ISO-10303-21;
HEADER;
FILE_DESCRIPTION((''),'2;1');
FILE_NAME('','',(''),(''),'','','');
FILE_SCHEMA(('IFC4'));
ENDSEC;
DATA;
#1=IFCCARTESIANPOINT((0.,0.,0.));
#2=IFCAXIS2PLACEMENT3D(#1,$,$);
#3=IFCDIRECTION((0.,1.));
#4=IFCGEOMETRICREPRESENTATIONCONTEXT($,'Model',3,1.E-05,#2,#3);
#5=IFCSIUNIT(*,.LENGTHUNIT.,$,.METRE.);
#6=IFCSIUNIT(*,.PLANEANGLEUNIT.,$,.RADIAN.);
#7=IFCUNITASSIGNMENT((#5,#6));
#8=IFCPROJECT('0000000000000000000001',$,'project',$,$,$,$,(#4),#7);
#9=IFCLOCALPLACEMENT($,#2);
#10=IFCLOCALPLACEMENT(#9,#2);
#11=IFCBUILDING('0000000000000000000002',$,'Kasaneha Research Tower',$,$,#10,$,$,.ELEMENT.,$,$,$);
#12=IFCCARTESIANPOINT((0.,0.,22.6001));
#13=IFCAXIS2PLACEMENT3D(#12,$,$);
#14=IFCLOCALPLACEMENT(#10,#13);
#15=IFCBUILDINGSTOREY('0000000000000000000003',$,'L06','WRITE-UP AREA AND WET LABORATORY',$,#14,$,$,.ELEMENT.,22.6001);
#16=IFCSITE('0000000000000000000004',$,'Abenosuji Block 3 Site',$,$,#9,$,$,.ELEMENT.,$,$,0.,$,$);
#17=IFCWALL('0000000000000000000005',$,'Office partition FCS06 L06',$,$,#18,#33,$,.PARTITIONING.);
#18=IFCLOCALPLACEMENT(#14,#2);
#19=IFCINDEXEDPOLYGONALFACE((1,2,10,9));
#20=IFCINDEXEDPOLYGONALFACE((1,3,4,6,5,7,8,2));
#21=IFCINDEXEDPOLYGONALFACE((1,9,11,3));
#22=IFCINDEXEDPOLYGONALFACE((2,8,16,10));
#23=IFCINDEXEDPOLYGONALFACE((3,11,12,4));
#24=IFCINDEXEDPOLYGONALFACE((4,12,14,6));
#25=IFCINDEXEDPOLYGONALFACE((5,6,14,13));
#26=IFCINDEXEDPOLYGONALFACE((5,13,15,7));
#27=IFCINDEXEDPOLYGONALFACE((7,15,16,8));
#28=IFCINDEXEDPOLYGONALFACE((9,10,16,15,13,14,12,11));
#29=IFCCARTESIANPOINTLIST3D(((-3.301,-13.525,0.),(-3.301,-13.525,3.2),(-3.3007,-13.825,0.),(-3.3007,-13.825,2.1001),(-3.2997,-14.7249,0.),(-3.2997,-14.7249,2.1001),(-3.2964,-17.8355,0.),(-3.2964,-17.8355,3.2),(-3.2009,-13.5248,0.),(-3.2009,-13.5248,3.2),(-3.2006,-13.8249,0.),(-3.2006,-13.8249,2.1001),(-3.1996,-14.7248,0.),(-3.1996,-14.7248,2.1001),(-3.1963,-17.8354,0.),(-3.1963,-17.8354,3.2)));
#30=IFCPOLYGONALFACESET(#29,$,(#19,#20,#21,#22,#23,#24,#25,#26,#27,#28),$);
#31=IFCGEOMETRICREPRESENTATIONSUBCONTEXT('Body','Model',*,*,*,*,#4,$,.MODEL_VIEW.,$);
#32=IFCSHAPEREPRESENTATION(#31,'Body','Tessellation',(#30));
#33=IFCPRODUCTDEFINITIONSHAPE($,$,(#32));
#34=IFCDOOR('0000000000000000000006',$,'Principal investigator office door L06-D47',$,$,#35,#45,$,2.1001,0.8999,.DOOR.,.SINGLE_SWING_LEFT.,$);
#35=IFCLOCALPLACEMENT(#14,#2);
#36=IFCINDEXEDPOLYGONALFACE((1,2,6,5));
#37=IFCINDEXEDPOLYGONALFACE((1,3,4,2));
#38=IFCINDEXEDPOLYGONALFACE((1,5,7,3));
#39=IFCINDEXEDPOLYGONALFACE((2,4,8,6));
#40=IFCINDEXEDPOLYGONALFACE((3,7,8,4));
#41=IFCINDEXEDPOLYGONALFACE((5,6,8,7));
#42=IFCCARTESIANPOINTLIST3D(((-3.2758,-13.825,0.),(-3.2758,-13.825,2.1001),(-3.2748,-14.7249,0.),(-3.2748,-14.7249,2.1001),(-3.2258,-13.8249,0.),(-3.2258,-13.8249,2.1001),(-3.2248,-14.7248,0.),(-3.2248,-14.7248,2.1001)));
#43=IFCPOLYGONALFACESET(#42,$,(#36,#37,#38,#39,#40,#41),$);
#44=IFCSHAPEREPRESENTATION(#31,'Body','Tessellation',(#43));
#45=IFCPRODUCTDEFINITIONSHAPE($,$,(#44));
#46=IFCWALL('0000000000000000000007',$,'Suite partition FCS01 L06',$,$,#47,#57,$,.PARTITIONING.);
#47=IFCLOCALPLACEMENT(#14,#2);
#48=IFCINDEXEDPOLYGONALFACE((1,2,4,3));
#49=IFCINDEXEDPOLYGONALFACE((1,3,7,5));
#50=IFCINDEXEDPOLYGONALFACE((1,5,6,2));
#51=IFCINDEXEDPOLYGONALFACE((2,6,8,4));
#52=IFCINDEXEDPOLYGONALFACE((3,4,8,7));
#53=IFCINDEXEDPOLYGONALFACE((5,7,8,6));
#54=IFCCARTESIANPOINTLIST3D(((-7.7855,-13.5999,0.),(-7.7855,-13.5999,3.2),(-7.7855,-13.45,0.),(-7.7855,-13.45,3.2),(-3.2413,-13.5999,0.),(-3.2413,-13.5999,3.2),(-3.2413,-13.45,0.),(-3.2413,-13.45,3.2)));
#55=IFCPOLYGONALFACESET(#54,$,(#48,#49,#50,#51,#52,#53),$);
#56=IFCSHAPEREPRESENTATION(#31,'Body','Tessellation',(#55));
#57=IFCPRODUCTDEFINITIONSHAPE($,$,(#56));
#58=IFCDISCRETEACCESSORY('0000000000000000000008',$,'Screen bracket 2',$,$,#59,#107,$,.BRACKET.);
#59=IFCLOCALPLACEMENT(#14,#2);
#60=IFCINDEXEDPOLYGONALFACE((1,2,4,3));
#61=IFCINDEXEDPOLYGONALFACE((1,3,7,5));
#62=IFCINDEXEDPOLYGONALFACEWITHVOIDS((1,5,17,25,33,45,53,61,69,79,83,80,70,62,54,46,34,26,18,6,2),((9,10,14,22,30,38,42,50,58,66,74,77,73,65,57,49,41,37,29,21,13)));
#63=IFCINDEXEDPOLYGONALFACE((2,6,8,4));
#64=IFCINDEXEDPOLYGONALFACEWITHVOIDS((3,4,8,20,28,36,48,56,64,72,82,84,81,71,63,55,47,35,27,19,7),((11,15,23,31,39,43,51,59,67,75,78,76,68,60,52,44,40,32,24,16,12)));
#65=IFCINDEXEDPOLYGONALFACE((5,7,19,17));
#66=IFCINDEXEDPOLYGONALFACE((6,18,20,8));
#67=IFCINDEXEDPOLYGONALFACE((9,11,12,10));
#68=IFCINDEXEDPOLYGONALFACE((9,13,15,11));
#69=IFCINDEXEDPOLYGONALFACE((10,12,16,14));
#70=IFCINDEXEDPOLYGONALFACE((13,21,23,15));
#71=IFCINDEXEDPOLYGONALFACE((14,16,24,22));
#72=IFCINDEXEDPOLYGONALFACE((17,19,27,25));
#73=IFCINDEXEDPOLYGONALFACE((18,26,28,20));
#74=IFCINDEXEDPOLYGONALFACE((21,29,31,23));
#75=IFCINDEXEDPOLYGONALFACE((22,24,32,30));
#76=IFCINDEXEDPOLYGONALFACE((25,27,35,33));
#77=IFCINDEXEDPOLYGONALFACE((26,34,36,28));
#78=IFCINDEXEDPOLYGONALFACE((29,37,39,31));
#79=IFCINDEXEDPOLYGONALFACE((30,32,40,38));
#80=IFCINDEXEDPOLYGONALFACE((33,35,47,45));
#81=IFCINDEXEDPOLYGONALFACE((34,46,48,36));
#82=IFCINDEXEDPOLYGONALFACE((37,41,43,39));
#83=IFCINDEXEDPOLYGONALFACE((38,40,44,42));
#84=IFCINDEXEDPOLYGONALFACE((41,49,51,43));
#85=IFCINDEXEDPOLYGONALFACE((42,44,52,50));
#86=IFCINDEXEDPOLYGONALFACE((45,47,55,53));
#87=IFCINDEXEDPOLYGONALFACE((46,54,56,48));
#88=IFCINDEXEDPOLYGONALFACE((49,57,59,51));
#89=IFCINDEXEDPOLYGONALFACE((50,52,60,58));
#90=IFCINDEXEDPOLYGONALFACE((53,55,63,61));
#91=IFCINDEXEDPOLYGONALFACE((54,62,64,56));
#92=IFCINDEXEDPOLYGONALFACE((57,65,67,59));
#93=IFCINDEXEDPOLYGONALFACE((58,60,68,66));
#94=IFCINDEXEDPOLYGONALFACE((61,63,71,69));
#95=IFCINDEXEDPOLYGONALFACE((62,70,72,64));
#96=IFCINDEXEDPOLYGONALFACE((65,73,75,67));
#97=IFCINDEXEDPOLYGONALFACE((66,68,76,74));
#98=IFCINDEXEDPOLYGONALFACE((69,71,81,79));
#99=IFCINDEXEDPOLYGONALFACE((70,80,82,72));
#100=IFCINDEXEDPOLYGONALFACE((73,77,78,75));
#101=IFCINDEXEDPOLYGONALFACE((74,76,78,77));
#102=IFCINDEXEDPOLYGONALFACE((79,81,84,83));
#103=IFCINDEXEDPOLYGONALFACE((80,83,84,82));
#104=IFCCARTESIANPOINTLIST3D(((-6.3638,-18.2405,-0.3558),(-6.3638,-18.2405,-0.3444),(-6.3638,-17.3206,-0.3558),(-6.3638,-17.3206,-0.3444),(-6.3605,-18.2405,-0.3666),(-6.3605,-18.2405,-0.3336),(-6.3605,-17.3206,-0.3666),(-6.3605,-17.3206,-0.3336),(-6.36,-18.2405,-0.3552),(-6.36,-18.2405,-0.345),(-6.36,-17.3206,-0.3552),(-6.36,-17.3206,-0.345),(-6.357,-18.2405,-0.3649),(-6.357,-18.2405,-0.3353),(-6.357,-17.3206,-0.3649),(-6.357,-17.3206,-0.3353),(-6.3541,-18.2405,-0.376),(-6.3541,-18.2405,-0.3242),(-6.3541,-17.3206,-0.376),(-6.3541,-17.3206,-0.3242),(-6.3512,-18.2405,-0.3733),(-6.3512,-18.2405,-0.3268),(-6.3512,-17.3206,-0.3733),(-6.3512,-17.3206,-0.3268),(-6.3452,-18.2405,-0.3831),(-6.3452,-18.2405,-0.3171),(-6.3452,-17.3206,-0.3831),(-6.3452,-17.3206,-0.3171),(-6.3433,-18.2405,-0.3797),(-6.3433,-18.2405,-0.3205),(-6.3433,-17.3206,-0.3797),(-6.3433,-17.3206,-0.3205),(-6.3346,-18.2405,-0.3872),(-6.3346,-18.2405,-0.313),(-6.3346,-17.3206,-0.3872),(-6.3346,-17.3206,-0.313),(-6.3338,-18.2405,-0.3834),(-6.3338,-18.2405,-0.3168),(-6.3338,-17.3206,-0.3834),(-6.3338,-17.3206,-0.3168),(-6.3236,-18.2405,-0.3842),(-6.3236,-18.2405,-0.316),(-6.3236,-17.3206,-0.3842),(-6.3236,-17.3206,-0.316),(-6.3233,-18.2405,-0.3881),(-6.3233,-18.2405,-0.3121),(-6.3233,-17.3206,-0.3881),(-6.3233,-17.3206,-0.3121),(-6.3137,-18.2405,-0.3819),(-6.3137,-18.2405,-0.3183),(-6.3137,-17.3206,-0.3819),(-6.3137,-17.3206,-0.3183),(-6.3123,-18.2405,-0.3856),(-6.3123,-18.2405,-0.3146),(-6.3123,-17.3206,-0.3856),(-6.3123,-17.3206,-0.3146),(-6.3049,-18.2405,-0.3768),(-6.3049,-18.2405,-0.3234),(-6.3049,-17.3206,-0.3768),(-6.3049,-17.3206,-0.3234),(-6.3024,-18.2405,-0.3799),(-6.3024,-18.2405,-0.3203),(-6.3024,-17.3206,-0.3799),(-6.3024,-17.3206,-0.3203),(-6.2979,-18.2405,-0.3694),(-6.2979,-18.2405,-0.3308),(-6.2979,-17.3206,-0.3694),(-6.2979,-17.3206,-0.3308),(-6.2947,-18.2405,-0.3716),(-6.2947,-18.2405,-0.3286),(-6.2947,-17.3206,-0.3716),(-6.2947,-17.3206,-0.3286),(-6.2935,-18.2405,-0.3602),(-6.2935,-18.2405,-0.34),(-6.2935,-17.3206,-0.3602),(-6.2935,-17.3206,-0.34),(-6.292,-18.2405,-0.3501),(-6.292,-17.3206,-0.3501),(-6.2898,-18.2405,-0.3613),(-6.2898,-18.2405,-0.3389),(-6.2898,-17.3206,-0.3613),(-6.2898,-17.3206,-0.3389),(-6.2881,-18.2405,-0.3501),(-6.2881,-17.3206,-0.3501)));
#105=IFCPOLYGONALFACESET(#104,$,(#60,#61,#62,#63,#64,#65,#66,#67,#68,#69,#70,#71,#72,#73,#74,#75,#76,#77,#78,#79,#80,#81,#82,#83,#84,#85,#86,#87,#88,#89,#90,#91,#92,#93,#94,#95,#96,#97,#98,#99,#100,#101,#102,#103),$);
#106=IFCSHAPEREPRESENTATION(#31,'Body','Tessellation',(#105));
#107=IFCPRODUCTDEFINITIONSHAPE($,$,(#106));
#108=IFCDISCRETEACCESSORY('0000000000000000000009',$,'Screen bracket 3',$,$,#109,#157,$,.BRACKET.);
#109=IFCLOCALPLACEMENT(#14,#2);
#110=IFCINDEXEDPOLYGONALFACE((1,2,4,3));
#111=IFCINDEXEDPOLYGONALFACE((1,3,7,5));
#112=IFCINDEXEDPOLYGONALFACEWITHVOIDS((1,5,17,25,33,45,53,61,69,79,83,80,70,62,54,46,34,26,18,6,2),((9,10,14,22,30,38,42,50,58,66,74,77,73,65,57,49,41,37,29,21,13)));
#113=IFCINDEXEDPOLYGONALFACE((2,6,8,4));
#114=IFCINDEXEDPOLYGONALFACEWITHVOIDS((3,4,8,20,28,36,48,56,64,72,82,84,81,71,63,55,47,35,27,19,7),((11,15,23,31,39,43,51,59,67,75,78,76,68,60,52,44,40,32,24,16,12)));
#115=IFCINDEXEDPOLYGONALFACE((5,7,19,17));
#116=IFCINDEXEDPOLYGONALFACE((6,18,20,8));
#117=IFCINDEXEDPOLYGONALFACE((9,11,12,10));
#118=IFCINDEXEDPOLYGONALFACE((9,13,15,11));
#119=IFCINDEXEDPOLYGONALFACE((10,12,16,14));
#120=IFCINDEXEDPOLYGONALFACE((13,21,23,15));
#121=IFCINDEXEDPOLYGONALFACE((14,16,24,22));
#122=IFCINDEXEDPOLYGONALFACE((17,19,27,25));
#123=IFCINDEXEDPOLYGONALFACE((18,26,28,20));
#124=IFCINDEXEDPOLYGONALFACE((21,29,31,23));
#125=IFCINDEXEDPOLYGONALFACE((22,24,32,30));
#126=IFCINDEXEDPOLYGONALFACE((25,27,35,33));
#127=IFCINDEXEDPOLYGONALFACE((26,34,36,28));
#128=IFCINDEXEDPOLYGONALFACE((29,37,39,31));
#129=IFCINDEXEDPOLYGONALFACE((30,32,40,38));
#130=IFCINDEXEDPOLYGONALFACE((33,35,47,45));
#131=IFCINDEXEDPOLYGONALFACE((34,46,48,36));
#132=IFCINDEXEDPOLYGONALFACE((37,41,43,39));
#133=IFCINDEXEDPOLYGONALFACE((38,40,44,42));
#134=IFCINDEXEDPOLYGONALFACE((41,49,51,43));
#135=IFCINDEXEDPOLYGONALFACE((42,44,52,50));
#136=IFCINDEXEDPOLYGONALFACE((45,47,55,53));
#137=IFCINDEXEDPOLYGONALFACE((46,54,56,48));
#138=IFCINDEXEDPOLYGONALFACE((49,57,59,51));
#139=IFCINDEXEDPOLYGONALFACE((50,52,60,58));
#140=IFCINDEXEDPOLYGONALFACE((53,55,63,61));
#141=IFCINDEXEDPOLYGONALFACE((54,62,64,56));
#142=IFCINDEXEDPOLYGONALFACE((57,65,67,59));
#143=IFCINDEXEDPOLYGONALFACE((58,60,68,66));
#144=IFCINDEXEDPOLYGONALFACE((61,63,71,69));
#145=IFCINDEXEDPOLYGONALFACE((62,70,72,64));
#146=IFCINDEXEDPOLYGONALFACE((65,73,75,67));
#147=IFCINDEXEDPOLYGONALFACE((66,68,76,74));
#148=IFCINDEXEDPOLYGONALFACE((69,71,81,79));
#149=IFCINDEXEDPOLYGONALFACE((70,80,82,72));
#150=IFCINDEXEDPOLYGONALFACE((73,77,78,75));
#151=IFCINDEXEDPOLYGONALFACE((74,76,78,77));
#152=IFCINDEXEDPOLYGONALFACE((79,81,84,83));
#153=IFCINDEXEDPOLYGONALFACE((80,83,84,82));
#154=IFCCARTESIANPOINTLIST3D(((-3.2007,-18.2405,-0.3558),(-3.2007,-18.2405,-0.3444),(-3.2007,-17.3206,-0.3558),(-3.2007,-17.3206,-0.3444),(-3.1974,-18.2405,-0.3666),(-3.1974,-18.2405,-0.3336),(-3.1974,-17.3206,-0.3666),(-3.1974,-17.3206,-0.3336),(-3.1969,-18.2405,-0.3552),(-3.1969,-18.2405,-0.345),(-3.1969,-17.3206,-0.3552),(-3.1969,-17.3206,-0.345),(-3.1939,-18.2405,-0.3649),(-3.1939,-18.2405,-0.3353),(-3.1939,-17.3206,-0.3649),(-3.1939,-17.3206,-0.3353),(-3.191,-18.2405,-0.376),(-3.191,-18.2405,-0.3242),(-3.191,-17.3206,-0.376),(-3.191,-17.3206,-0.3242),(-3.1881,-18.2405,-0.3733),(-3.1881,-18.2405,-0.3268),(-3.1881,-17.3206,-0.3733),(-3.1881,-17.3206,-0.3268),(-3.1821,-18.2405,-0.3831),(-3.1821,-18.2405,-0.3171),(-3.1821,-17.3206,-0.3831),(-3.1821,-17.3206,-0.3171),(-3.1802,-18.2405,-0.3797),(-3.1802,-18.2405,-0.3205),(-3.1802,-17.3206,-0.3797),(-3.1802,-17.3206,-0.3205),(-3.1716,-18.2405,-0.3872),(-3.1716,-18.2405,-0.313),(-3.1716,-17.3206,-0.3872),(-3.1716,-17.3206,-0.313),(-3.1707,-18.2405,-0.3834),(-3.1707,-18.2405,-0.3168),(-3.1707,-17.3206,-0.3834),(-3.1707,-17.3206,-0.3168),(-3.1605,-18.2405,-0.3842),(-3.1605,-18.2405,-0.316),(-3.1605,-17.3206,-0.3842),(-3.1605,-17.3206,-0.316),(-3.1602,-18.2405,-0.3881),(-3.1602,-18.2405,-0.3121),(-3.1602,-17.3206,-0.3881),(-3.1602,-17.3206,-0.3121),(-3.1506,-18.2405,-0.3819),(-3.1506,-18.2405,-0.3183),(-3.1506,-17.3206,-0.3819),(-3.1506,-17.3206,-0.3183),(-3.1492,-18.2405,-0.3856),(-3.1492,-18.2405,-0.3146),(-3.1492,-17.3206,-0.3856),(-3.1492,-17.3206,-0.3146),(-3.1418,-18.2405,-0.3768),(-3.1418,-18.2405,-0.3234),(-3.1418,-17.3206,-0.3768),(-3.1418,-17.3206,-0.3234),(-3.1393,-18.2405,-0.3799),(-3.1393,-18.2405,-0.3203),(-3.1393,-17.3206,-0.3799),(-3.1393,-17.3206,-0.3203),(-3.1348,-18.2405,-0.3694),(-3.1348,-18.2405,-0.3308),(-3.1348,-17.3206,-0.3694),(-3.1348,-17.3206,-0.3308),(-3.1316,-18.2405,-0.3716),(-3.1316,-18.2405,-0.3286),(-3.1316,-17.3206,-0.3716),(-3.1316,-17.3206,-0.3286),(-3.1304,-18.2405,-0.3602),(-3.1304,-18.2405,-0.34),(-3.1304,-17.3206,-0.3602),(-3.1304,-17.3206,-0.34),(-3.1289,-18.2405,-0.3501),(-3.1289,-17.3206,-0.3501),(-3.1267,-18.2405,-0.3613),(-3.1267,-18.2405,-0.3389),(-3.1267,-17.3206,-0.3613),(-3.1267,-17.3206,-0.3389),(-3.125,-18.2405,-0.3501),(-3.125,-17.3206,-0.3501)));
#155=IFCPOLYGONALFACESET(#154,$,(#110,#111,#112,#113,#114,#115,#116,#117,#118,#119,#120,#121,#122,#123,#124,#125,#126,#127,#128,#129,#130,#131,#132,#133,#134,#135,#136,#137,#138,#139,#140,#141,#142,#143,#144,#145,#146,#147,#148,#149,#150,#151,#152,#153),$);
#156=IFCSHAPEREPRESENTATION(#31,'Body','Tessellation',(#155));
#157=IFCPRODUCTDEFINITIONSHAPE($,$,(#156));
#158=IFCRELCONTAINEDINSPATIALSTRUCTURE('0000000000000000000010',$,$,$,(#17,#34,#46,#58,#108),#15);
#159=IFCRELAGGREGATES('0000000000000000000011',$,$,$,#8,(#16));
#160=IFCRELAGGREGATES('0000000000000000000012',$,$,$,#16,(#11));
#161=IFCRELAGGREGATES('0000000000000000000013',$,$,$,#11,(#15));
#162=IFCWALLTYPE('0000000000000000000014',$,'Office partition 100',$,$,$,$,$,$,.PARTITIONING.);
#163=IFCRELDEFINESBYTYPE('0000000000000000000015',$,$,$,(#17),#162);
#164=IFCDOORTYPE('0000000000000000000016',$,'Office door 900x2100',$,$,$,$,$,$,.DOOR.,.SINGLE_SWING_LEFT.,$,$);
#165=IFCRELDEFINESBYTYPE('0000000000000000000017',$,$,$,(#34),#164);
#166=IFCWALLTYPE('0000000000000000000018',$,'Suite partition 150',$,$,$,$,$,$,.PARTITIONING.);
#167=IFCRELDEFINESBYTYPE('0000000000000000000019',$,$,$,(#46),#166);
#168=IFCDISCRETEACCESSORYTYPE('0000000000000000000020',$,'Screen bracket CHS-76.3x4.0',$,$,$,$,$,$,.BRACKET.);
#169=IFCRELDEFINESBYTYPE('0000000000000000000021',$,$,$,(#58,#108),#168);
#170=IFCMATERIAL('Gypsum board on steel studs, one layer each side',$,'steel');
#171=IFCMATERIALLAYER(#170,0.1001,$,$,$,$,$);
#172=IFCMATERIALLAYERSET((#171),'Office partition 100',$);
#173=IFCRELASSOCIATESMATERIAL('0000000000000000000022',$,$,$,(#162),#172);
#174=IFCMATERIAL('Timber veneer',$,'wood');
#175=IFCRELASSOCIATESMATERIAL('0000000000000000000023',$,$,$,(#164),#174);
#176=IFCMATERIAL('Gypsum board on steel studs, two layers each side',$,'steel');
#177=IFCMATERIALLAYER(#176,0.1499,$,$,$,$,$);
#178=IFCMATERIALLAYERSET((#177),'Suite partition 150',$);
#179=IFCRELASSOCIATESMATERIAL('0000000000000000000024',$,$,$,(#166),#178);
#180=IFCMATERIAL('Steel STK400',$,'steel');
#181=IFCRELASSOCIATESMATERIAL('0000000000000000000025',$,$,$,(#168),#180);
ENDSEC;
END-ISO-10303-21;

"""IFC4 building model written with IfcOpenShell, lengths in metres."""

from ifc_helpers import new_model, si_unit, direction, frame, frame_2d, origin, origin_2d, place, context, subcontext, project, spatial, rectangle, hollow_circle, extrude, material, layer, layer_set, material_profile, profile_set, type_object, element, fill, save


model = new_model("IFC4")

# Units and contexts
model_context = context("Model", 3, precision=1e-05, world=origin(), true_north=direction((0.0, 1.0)))
body_context = subcontext(model_context, "Body", "Model", "MODEL_VIEW")
ifc_project = project(units=[si_unit("LENGTHUNIT", "METRE"), si_unit("PLANEANGLEUNIT", "RADIAN")], contexts=[model_context])

# Site, building, storey
site_placement = place(None, origin())
site = spatial("IfcSite", under=ifc_project, at=site_placement, Name="Abenosuji Block 3 Site", CompositionType="ELEMENT", RefElevation=0.0)
building_placement = place(site_placement, origin())
building = spatial("IfcBuilding", under=site, at=building_placement, Name="Kasaneha Research Tower", CompositionType="ELEMENT")
storey_placement = place(building_placement, frame((0.0, 0.0, 22.6001)))
storey = spatial("IfcBuildingStorey", under=building, at=storey_placement, Name="L06", Description="WRITE-UP AREA AND WET LABORATORY", CompositionType="ELEMENT", Elevation=22.6001)

# Wall, opening, door
ifc_material_1 = material(Name="Gypsum board on steel studs, one layer each side", Category="steel")
ifc_layer_1 = layer(ifc_material_1, 0.1001)
ifc_layer_set_1 = layer_set([ifc_layer_1], Name="Office partition 100")
wall_type_1 = type_object("IfcWallType", Name="Office partition 100", PredefinedType="PARTITIONING", material=ifc_layer_set_1)
wall_1_placement = place(storey_placement, frame((-3.251, -13.5249, 0.0), z_axis=(0.0, 0.0, 1.0), x_axis=(0.001076, -0.999999, 0.0)))
wall_1 = element("IfcWall", 1, at=wall_1_placement, inside=storey, type_object=wall_type_1, Name="Office partition FCS06 L06", PredefinedType="PARTITIONING", context=body_context, shape_type="SweptSolid", body=[
    extrude(rectangle(XDim=4.3105, YDim=0.1001, at=frame_2d((2.1553, 0.0))), origin(), (0.0, 0.0, 1.0), 3.2),
])
opening_1_placement = place(wall_1_placement, frame((0.3, 0.0, 0.0)))
opening_1 = element("IfcOpeningElement", 2, at=opening_1_placement, cuts=wall_1, PredefinedType="OPENING", context=body_context, shape_type="SweptSolid", body=[
    extrude(rectangle(XDim=0.8999, YDim=2.1001, at=frame_2d((0.45, 1.05))), frame((0.0, 0.0601, 0.0), z_axis=(0.0, -1.0, 0.0), x_axis=(1.0, 0.0, 0.0)), (0.0, 0.0, 1.0), 0.1201),
])
ifc_material_2 = material(Name="Timber veneer", Category="wood")
door_type_1 = type_object("IfcDoorType", Name="Office door 900x2100", OperationType="SINGLE_SWING_LEFT", PredefinedType="DOOR", material=ifc_material_2)
door_1_placement = place(opening_1_placement, origin())
door_1 = element("IfcDoor", 3, at=door_1_placement, inside=storey, type_object=door_type_1, Name="Principal investigator office door L06-D47", OperationType="SINGLE_SWING_LEFT", OverallHeight=2.1001, OverallWidth=0.8999, PredefinedType="DOOR", context=body_context, shape_type="SweptSolid", body=[
    extrude(rectangle(XDim=0.8999, YDim=2.1001, at=frame_2d((0.45, 1.05))), frame((0.0, 0.0249, 0.0), z_axis=(0.0, -1.0, 0.0), x_axis=(1.0, 0.0, 0.0)), (0.0, 0.0, 1.0), 0.05),
])
fill(opening_1, door_1)

# Wall
ifc_material_3 = material(Name="Gypsum board on steel studs, two layers each side", Category="steel")
ifc_layer_2 = layer(ifc_material_3, 0.1499)
ifc_layer_set_2 = layer_set([ifc_layer_2], Name="Suite partition 150")
wall_type_2 = type_object("IfcWallType", Name="Suite partition 150", PredefinedType="PARTITIONING", material=ifc_layer_set_2)
wall_2_placement = place(storey_placement, frame((-3.2415, -13.5249, 0.0), z_axis=(0.0, 0.0, 1.0), x_axis=(-1.0, 0.0, 0.0)))
element("IfcWall", 4, at=wall_2_placement, inside=storey, type_object=wall_type_2, Name="Suite partition FCS01 L06", PredefinedType="PARTITIONING", context=body_context, shape_type="SweptSolid", body=[
    extrude(rectangle(XDim=4.5442, YDim=0.1499, at=frame_2d((2.272, 0.0))), origin(), (0.0, 0.0, 1.0), 3.2),
])

# Discrete accessories
ifc_material_4 = material(Name="Steel STK400", Category="steel")
ifc_material_profile_1 = material_profile(ifc_material_4, hollow_circle(Radius=0.0381, WallThickness=0.0039, at=origin_2d()), Name="CHS-76.3x4.0")
ifc_profile_set_1 = profile_set([ifc_material_profile_1], Name="Steel STK400")
discrete_accessory_type = type_object("IfcDiscreteAccessoryType", Name="Screen bracket CHS-76.3x4.0", PredefinedType="BRACKET", material=ifc_profile_set_1)
for number, where, z_axis, x_axis, name in (
    (5, (-6.3262, -17.3206, -0.3501), (0.0, -1.0, 0.0), (1.0, 0.0, 0.0), "Screen bracket 2"),
    (6, (-3.1631, -17.3206, -0.3501), (0.0, -1.0, 0.0), (1.0, 0.0, 0.0), "Screen bracket 3"),
):
    element("IfcDiscreteAccessory", number, at=place(storey_placement, frame(where, z_axis=z_axis, x_axis=x_axis)), inside=storey, type_object=discrete_accessory_type, Name=name, PredefinedType="BRACKET", context=body_context, shape_type="SweptSolid", body=[
        extrude(hollow_circle(Radius=0.0381, WallThickness=0.0039, at=origin_2d()), origin(), (0.0, 0.0, 1.0), 0.9199),
    ])

save(model, "model.ifc")
